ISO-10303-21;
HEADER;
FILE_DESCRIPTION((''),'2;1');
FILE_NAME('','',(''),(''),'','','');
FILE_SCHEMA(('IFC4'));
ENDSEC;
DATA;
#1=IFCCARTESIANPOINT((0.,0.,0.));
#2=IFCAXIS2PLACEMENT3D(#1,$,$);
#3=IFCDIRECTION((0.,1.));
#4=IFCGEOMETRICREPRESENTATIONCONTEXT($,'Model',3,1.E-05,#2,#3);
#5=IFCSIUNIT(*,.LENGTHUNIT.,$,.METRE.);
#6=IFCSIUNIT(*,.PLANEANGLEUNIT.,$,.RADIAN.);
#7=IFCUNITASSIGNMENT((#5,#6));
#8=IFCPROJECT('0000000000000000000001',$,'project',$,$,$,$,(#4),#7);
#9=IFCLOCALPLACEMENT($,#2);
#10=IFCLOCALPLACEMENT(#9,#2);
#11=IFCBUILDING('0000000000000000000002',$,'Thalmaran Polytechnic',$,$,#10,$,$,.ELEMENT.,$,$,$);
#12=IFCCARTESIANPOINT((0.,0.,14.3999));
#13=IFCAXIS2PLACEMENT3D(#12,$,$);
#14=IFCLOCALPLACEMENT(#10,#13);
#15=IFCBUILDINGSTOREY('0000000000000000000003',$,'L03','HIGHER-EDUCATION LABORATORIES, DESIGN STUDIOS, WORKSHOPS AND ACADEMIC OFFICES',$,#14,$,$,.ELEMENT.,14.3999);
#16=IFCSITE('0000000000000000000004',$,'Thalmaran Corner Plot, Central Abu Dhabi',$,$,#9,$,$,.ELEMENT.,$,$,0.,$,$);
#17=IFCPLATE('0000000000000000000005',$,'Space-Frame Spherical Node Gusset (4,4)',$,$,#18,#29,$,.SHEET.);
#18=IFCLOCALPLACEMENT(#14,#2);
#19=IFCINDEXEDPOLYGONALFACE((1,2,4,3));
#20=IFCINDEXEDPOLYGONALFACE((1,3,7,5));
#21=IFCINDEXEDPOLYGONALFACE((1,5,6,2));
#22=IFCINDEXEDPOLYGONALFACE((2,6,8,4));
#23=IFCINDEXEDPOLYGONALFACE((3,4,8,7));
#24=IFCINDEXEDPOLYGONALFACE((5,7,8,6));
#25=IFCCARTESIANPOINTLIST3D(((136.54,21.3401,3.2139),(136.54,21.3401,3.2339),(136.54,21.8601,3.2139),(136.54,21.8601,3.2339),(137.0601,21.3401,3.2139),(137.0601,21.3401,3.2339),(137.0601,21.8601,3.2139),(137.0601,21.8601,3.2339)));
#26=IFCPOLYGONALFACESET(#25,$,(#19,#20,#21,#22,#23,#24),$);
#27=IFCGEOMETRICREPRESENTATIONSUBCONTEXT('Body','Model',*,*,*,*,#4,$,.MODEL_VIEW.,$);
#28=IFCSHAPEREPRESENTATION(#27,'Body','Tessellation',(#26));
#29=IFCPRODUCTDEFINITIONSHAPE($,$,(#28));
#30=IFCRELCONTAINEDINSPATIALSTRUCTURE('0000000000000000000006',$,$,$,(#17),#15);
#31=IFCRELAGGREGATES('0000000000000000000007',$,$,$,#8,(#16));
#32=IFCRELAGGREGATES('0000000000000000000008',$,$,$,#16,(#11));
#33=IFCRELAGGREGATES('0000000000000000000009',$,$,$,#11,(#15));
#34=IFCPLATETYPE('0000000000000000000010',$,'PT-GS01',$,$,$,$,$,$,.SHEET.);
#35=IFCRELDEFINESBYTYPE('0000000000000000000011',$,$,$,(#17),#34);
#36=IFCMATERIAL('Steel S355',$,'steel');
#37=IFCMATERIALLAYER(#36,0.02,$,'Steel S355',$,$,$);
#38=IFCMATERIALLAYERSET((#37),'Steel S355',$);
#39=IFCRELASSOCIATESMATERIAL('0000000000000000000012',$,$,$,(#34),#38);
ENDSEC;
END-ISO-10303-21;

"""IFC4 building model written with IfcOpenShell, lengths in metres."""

from ifc_helpers import new_model, si_unit, direction, frame, origin, origin_2d, place, context, subcontext, project, spatial, rectangle, extrude, material, layer, layer_set, type_object, element, save


model = new_model("IFC4")

# Units and contexts
model_context = context("Model", 3, precision=1e-05, world=origin(), true_north=direction((0.0, 1.0)))
body_context = subcontext(model_context, "Body", "Model", "MODEL_VIEW")
ifc_project = project(units=[si_unit("LENGTHUNIT", "METRE"), si_unit("PLANEANGLEUNIT", "RADIAN")], contexts=[model_context])

# Site, building, storey
site_placement = place(None, origin())
site = spatial("IfcSite", under=ifc_project, at=site_placement, Name="Thalmaran Corner Plot, Central Abu Dhabi", CompositionType="ELEMENT", RefElevation=0.0)
building_placement = place(site_placement, origin())
building = spatial("IfcBuilding", under=site, at=building_placement, Name="Thalmaran Polytechnic", CompositionType="ELEMENT")
storey_placement = place(building_placement, frame((0.0, 0.0, 14.3999)))
storey = spatial("IfcBuildingStorey", under=building, at=storey_placement, Name="L03", Description="HIGHER-EDUCATION LABORATORIES, DESIGN STUDIOS, WORKSHOPS AND ACADEMIC OFFICES", CompositionType="ELEMENT", Elevation=14.3999)

# Shared definitions
ifc_material = material(Name="Steel S355", Category="steel")

# Plate
ifc_layer = layer(ifc_material, 0.02, Name="Steel S355")
ifc_layer_set = layer_set([ifc_layer], Name="Steel S355")
plate_type = type_object("IfcPlateType", Name="PT-GS01", PredefinedType="SHEET", material=ifc_layer_set)
for number, where, z_axis, x_axis, name in (
    (1, (136.8, 21.6001, 3.2139), (0.0, 0.0, 1.0), (1.0, 0.0, 0.0), "Space-Frame Spherical Node Gusset (4,4)"),
):
    element("IfcPlate", number, at=place(storey_placement, frame(where, z_axis=z_axis, x_axis=x_axis)), inside=storey, type_object=plate_type, Name=name, PredefinedType="SHEET", context=body_context, shape_type="SweptSolid", body=[
        extrude(rectangle(XDim=0.52, YDim=0.52, at=origin_2d()), origin(), (0.0, 0.0, 1.0), 0.02),
    ])

save(model, "model.ifc")
